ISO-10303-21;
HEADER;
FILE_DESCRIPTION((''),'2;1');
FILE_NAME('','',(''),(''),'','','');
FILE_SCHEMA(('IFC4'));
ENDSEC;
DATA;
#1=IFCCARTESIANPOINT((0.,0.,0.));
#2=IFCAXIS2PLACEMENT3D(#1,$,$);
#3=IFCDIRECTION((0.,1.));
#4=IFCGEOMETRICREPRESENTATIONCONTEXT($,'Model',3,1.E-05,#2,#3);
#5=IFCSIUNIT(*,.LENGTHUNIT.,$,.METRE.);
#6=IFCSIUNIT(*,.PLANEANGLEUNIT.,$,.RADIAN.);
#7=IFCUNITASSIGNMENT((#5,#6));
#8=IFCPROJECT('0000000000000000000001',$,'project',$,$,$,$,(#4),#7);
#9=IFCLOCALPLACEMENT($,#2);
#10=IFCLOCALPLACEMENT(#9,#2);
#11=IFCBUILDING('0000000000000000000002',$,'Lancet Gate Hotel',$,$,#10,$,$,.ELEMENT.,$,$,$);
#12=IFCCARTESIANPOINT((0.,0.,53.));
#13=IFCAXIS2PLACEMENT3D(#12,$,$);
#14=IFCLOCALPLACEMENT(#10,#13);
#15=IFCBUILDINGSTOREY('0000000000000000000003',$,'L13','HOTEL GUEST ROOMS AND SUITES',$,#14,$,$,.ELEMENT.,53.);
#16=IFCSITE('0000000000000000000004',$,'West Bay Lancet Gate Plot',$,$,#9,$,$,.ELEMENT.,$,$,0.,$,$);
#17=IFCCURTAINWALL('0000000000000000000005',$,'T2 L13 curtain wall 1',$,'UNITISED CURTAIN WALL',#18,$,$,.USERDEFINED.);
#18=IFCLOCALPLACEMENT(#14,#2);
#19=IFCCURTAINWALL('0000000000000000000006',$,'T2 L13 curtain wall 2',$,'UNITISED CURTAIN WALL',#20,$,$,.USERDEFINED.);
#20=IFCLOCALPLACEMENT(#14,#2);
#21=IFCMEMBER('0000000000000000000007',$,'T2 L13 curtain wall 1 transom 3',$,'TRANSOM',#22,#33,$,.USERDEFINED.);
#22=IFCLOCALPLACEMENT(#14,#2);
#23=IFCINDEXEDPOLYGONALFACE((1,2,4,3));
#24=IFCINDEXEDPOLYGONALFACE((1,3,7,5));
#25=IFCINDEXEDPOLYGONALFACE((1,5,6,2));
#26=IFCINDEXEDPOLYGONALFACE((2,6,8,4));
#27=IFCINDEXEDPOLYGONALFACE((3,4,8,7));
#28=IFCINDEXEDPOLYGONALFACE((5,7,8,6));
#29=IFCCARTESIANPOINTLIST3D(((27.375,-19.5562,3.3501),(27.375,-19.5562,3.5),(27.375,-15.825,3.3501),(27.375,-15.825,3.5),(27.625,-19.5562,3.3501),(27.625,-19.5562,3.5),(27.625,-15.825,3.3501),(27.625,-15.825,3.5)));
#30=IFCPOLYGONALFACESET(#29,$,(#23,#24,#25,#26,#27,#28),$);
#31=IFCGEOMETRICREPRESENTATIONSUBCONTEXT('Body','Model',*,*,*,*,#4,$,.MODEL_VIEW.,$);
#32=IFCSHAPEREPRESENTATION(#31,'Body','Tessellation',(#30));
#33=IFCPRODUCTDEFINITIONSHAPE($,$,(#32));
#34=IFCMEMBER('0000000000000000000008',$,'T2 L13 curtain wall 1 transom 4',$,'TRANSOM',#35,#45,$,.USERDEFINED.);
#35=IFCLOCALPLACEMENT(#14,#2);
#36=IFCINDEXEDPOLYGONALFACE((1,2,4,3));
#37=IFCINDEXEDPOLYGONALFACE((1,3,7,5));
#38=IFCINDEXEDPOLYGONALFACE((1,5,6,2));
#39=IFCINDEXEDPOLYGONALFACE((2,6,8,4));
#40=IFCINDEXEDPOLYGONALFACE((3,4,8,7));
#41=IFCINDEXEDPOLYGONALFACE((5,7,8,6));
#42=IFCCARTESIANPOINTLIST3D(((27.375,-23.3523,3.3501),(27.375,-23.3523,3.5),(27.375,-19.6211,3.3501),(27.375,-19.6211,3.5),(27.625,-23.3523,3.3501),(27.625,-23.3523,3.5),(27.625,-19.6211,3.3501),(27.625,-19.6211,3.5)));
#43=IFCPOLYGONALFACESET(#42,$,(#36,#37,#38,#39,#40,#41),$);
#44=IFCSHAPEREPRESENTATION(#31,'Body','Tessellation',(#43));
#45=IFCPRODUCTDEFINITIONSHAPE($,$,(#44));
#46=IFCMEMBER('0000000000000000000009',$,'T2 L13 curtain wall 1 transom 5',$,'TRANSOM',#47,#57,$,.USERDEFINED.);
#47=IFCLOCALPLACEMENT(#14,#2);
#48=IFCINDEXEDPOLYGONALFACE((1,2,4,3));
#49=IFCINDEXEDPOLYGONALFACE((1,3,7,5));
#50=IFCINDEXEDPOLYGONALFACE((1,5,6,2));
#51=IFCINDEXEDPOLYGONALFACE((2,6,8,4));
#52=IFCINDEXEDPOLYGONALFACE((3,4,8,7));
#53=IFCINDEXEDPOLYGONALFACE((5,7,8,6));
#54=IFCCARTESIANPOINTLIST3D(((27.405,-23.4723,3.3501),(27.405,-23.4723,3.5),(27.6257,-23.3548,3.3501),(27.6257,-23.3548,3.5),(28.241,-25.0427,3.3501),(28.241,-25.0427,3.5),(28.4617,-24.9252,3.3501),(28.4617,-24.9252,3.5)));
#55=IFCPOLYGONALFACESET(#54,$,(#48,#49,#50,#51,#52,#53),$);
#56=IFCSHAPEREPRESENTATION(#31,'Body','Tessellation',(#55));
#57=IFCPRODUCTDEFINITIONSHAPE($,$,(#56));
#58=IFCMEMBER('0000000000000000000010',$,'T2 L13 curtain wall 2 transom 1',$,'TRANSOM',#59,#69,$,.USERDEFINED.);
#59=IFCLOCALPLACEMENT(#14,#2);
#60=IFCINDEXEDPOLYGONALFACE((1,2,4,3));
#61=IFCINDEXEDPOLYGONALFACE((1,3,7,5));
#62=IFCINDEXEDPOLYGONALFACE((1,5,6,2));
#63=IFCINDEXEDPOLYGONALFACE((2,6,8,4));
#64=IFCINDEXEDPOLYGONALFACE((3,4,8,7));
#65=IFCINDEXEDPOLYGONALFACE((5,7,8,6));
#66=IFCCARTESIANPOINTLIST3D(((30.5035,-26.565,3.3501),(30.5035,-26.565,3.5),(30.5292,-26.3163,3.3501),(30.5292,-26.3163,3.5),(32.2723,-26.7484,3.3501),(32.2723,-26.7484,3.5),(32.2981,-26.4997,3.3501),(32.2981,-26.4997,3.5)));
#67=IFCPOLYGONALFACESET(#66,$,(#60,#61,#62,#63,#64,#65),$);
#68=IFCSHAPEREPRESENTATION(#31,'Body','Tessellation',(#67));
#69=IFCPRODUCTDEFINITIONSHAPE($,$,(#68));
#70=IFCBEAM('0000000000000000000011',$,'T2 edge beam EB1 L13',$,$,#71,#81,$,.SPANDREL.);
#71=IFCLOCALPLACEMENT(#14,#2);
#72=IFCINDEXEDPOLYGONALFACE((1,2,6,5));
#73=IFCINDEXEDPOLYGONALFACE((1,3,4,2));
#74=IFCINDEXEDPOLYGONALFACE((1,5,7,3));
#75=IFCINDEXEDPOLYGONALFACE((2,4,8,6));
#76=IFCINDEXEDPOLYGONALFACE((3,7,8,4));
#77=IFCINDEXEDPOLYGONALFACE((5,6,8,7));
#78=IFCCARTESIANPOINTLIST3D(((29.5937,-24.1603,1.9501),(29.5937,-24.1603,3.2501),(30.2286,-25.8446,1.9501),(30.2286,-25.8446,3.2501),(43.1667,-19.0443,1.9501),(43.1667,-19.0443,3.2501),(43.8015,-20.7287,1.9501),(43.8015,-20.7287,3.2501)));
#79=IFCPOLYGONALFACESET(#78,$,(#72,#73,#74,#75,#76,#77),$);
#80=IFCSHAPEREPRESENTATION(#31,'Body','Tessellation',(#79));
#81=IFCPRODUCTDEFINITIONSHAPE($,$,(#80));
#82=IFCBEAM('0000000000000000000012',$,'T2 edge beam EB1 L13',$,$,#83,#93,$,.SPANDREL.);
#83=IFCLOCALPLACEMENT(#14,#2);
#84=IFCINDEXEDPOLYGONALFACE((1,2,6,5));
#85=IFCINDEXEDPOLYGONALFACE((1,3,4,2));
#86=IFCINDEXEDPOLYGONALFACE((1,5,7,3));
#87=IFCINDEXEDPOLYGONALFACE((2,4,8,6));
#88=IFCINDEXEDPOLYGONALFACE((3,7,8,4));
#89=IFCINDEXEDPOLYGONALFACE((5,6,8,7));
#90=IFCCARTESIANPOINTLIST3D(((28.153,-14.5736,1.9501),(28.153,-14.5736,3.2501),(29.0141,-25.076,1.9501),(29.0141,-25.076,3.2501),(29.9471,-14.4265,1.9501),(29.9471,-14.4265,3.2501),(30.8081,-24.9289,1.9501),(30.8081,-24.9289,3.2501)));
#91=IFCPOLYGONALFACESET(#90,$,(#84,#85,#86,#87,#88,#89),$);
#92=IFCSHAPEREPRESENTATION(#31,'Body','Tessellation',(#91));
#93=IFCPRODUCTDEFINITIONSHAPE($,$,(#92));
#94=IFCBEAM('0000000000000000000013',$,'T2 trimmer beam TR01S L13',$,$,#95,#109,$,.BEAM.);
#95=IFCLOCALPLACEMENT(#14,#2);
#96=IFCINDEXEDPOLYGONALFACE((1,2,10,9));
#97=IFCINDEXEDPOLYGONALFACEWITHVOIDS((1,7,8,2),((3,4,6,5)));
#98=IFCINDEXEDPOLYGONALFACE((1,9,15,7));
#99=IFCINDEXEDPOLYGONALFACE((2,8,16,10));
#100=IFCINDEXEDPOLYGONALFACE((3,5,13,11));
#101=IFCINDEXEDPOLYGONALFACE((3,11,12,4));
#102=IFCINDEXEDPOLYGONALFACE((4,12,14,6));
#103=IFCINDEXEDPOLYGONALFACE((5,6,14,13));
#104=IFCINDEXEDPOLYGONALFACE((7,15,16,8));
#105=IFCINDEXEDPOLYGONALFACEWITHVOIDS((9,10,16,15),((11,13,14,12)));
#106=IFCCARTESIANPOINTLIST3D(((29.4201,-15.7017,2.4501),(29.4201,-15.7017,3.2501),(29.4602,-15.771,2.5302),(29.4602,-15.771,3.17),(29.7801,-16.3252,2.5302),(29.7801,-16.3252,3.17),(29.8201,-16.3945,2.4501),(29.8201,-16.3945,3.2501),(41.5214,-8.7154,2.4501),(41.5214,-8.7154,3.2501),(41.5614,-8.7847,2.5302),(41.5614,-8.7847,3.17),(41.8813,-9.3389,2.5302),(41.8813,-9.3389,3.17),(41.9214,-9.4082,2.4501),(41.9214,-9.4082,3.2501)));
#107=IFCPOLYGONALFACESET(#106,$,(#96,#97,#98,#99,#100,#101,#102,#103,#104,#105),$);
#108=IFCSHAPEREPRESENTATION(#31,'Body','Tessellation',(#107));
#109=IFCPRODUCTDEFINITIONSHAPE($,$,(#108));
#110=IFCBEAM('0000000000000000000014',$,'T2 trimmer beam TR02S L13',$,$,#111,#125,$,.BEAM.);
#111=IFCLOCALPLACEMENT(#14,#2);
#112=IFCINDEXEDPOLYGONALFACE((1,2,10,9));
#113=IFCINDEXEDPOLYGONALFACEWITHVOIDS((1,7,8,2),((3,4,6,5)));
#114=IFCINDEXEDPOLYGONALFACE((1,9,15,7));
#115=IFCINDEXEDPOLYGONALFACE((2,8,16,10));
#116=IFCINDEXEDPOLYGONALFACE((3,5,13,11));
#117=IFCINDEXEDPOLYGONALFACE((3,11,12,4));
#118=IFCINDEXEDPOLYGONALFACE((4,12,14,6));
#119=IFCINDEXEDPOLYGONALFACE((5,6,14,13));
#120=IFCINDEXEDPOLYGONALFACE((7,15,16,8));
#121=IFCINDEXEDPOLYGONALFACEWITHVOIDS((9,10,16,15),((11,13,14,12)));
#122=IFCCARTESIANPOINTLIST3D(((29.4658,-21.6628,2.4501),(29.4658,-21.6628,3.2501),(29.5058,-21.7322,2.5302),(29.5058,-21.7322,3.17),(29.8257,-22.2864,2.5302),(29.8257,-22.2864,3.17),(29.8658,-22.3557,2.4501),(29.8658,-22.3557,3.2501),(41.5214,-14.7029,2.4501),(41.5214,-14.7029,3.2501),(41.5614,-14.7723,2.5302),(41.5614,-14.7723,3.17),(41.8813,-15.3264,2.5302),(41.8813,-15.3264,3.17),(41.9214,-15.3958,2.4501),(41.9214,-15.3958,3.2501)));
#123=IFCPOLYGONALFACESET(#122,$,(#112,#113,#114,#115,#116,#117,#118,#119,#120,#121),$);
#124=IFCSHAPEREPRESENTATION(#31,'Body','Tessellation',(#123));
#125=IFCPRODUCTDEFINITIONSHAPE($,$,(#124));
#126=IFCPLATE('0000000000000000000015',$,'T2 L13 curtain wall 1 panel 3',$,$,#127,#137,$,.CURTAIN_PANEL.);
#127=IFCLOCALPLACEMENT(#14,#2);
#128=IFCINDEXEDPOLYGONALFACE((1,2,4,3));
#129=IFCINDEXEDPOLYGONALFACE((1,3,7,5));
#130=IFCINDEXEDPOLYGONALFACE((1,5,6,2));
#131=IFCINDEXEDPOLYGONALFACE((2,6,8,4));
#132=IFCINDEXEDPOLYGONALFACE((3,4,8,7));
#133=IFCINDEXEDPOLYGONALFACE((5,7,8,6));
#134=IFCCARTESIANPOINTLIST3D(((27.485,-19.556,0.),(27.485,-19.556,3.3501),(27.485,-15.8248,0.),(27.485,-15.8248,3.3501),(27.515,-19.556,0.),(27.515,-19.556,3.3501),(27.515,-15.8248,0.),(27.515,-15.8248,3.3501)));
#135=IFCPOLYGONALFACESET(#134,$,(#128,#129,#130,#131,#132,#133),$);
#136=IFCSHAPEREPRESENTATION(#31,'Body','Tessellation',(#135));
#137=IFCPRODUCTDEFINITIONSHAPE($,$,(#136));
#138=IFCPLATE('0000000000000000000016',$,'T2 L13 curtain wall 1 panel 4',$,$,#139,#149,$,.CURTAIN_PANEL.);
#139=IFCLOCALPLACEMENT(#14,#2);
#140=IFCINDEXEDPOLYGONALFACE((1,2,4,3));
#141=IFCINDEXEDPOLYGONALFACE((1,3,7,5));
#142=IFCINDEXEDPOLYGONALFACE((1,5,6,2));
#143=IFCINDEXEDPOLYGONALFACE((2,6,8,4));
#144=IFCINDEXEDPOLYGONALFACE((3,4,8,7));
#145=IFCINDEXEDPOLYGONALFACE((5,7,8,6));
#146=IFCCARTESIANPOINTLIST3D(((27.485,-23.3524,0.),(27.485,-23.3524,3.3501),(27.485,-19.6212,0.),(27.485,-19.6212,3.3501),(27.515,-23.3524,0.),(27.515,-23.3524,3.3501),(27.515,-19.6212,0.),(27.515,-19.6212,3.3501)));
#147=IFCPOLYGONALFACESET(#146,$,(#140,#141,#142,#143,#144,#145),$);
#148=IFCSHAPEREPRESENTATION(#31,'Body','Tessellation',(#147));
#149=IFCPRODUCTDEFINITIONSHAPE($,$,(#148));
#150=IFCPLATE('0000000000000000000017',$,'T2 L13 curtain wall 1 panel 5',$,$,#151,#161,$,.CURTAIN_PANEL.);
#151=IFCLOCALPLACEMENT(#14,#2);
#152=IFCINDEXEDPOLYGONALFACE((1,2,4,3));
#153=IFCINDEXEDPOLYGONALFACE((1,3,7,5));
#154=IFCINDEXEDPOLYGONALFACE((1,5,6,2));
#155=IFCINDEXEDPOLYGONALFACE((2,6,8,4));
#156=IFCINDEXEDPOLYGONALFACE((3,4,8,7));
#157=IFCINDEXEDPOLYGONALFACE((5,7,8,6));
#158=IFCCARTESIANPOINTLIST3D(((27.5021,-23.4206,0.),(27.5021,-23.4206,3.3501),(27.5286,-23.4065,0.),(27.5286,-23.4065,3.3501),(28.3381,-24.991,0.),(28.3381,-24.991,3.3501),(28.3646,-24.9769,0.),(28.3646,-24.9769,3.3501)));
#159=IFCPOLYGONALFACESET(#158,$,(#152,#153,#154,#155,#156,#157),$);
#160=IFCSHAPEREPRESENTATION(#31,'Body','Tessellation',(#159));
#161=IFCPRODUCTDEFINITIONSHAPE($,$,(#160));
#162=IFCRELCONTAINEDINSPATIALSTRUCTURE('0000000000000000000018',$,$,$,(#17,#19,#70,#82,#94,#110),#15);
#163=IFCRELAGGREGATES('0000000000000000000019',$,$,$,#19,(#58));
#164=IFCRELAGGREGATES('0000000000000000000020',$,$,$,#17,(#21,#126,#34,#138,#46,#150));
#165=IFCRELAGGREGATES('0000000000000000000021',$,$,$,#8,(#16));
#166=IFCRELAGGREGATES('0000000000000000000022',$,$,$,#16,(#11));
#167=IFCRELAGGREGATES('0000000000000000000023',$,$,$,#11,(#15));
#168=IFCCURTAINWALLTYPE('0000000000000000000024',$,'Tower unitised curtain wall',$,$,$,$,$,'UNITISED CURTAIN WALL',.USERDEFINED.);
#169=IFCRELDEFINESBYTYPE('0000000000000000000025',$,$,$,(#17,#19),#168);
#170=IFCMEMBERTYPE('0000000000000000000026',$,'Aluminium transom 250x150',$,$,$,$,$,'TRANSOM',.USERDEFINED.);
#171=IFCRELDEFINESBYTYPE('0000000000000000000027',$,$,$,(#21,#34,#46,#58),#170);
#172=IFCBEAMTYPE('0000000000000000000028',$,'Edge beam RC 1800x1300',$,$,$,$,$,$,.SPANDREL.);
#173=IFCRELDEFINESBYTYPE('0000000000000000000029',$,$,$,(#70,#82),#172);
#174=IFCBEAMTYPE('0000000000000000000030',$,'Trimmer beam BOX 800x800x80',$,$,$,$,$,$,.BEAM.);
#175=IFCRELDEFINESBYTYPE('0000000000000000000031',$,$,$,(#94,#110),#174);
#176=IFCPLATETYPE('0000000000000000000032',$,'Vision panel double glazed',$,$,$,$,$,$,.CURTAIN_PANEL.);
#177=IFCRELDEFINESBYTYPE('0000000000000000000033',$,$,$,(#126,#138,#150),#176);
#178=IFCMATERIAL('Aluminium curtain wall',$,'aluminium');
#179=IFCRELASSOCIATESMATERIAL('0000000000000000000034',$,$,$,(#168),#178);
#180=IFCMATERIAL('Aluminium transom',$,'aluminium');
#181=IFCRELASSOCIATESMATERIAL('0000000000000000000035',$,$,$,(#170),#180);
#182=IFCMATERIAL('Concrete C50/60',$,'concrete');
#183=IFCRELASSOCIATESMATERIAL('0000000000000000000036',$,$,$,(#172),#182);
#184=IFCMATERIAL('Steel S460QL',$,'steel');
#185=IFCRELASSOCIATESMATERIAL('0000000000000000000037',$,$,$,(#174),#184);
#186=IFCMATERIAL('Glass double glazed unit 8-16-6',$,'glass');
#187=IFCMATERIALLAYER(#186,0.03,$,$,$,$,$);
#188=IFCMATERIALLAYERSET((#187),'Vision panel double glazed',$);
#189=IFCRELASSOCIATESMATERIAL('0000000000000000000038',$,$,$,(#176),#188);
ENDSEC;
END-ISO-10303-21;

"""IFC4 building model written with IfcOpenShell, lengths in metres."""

from ifc_helpers import new_model, si_unit, direction, frame, origin, origin_2d, place, context, subcontext, project, spatial, rectangle, hollow_rectangle, extrude, material, layer, layer_set, material_profile, profile_set, type_object, element, aggregate, save


model = new_model("IFC4")

# Units and contexts
model_context = context("Model", 3, precision=1e-05, world=origin(), true_north=direction((0.0, 1.0)))
body_context = subcontext(model_context, "Body", "Model", "MODEL_VIEW")
ifc_project = project(units=[si_unit("LENGTHUNIT", "METRE"), si_unit("PLANEANGLEUNIT", "RADIAN")], contexts=[model_context])

# Site, building, storey
site_placement = place(None, origin())
site = spatial("IfcSite", under=ifc_project, at=site_placement, Name="West Bay Lancet Gate Plot", CompositionType="ELEMENT", RefElevation=0.0)
building_placement = place(site_placement, origin())
building = spatial("IfcBuilding", under=site, at=building_placement, Name="Lancet Gate Hotel", CompositionType="ELEMENT")
storey_placement = place(building_placement, frame((0.0, 0.0, 53.0)))
storey = spatial("IfcBuildingStorey", under=building, at=storey_placement, Name="L13", Description="HOTEL GUEST ROOMS AND SUITES", CompositionType="ELEMENT", Elevation=53.0)

# Curtain wall
ifc_material_1 = material(Name="Aluminium curtain wall", Category="aluminium")
curtain_wall_type = type_object("IfcCurtainWallType", Name="Tower unitised curtain wall", ElementType="UNITISED CURTAIN WALL", PredefinedType="USERDEFINED", material=ifc_material_1)
curtain_wall_1_placement = place(storey_placement, origin())
curtain_wall_1 = element("IfcCurtainWall", 1, at=curtain_wall_1_placement, inside=storey, type_object=curtain_wall_type, Name="T2 L13 curtain wall 1", ObjectType="UNITISED CURTAIN WALL", PredefinedType="USERDEFINED")

# Curtain wall
curtain_wall_2_placement = place(storey_placement, origin())
curtain_wall_2 = element("IfcCurtainWall", 2, at=curtain_wall_2_placement, inside=storey, type_object=curtain_wall_type, Name="T2 L13 curtain wall 2", ObjectType="UNITISED CURTAIN WALL", PredefinedType="USERDEFINED")

# Members
ifc_material_2 = material(Name="Aluminium transom", Category="aluminium")
ifc_material_profile_1 = material_profile(ifc_material_2, rectangle(XDim=0.25, YDim=0.1499, at=origin_2d()), Name="TRANSOM 250x150")
ifc_profile_set_1 = profile_set([ifc_material_profile_1], Name="Aluminium transom")
member_type_1 = type_object("IfcMemberType", Name="Aluminium transom 250x150", ElementType="TRANSOM", PredefinedType="USERDEFINED", material=ifc_profile_set_1)
member_1_placement = place(storey_placement, frame((27.5, -15.825, 3.425), z_axis=(0.0, -1.0, 0.0), x_axis=(1.0, 0.0, 0.0)))
member_1 = element("IfcMember", 3, at=member_1_placement, type_object=member_type_1, Name="T2 L13 curtain wall 1 transom 3", ObjectType="TRANSOM", PredefinedType="USERDEFINED", context=body_context, shape_type="SweptSolid", body=[
    extrude(rectangle(XDim=0.25, YDim=0.1499, at=origin_2d()), origin(), (0.0, 0.0, 1.0), 3.7312),
])
member_2_placement = place(storey_placement, frame((27.5, -19.6211, 3.425), z_axis=(0.0, -1.0, 0.0), x_axis=(1.0, 0.0, 0.0)))
member_2 = element("IfcMember", 4, at=member_2_placement, type_object=member_type_1, Name="T2 L13 curtain wall 1 transom 4", ObjectType="TRANSOM", PredefinedType="USERDEFINED", context=body_context, shape_type="SweptSolid", body=[
    extrude(rectangle(XDim=0.25, YDim=0.1499, at=origin_2d()), origin(), (0.0, 0.0, 1.0), 3.7312),
])
member_3_placement = place(storey_placement, frame((27.5154, -23.4136, 3.425), z_axis=(0.469904, -0.882717, 0.0), x_axis=(0.882717, 0.469904, 0.0)))
member_3 = element("IfcMember", 5, at=member_3_placement, type_object=member_type_1, Name="T2 L13 curtain wall 1 transom 5", ObjectType="TRANSOM", PredefinedType="USERDEFINED", context=body_context, shape_type="SweptSolid", body=[
    extrude(rectangle(XDim=0.25, YDim=0.1499, at=origin_2d()), origin(), (0.0, 0.0, 1.0), 1.7791),
])
member_4_placement = place(storey_placement, frame((30.5164, -26.4407, 3.425), z_axis=(0.99467, -0.103105, 0.0), x_axis=(0.103105, 0.99467, 0.0)))
member_4 = element("IfcMember", 6, at=member_4_placement, type_object=member_type_1, Name="T2 L13 curtain wall 2 transom 1", ObjectType="TRANSOM", PredefinedType="USERDEFINED", context=body_context, shape_type="SweptSolid", body=[
    extrude(rectangle(XDim=0.25, YDim=0.1499, at=origin_2d()), origin(), (0.0, 0.0, 1.0), 1.7783),
])
aggregate(curtain_wall_2, [member_4])

# Beams
ifc_material_3 = material(Name="Concrete C50/60", Category="concrete")
ifc_material_profile_2 = material_profile(ifc_material_3, rectangle(XDim=1.8, YDim=1.3, at=origin_2d()), Name="RC 1800x1300")
ifc_profile_set_2 = profile_set([ifc_material_profile_2], Name="Concrete C50/60")
beam_type_1 = type_object("IfcBeamType", Name="Edge beam RC 1800x1300", PredefinedType="SPANDREL", material=ifc_profile_set_2)
beam_1_placement = place(storey_placement, frame((29.9111, -25.0024, 2.6001), z_axis=(0.935736, 0.3527, 0.0), x_axis=(-0.3527, 0.935736, 0.0)))
element("IfcBeam", 7, at=beam_1_placement, inside=storey, type_object=beam_type_1, Name="T2 edge beam EB1 L13", PredefinedType="SPANDREL", context=body_context, shape_type="SweptSolid", body=[
    extrude(rectangle(XDim=1.8, YDim=1.3, at=origin_2d()), origin(), (0.0, 0.0, 1.0), 14.5051),
])
beam_2_placement = place(storey_placement, frame((29.9111, -25.0024, 2.6001), z_axis=(-0.081715, 0.996656, 0.0), x_axis=(-0.996656, -0.081715, 0.0)))
element("IfcBeam", 8, at=beam_2_placement, inside=storey, type_object=beam_type_1, Name="T2 edge beam EB1 L13", PredefinedType="SPANDREL", context=body_context, shape_type="SweptSolid", body=[
    extrude(rectangle(XDim=1.8, YDim=1.3, at=origin_2d()), origin(), (0.0, 0.0, 1.0), 10.5376),
])
ifc_material_4 = material(Name="Steel S460QL", Category="steel")
ifc_material_profile_3 = material_profile(ifc_material_4, hollow_rectangle(XDim=0.8, YDim=0.8, WallThickness=0.0801, at=origin_2d()), Name="BOX 800x800x80")
ifc_profile_set_3 = profile_set([ifc_material_profile_3], Name="Steel S460QL")
beam_type_2 = type_object("IfcBeamType", Name="Trimmer beam BOX 800x800x80", PredefinedType="BEAM", material=ifc_profile_set_3)
beam_3_placement = place(storey_placement, frame((29.6201, -16.0481, 2.8501), z_axis=(0.866037, 0.49998, 0.0), x_axis=(-0.49998, 0.866037, 0.0)))
element("IfcBeam", 9, at=beam_3_placement, inside=storey, type_object=beam_type_2, Name="T2 trimmer beam TR01S L13", PredefinedType="BEAM", context=body_context, shape_type="SweptSolid", body=[
    extrude(hollow_rectangle(XDim=0.8, YDim=0.8, WallThickness=0.0801, at=origin_2d()), origin(), (0.0, 0.0, 1.0), 13.9731),
])
beam_4_placement = place(storey_placement, frame((29.6658, -22.0093, 2.8501), z_axis=(0.866037, 0.49998, 0.0), x_axis=(-0.49998, 0.866037, 0.0)))
element("IfcBeam", 10, at=beam_4_placement, inside=storey, type_object=beam_type_2, Name="T2 trimmer beam TR02S L13", PredefinedType="BEAM", context=body_context, shape_type="SweptSolid", body=[
    extrude(hollow_rectangle(XDim=0.8, YDim=0.8, WallThickness=0.0801, at=origin_2d()), origin(), (0.0, 0.0, 1.0), 13.9204),
])

# Plates
ifc_material_5 = material(Name="Glass double glazed unit 8-16-6", Category="glass")
ifc_layer = layer(ifc_material_5, 0.03)
ifc_layer_set = layer_set([ifc_layer], Name="Vision panel double glazed")
plate_type = type_object("IfcPlateType", Name="Vision panel double glazed", PredefinedType="CURTAIN_PANEL", material=ifc_layer_set)
plate_1_placement = place(storey_placement, frame((27.5, -17.6904, 0.0), z_axis=(0.0, 0.0, 1.0), x_axis=(0.0, -1.0, 0.0)))
plate_1 = element("IfcPlate", 11, at=plate_1_placement, type_object=plate_type, Name="T2 L13 curtain wall 1 panel 3", PredefinedType="CURTAIN_PANEL", context=body_context, shape_type="SweptSolid", body=[
    extrude(rectangle(XDim=3.7312, YDim=0.03, at=origin_2d()), origin(), (0.0, 0.0, 1.0), 3.3501),
])
plate_2_placement = place(storey_placement, frame((27.5, -21.4868, 0.0), z_axis=(0.0, 0.0, 1.0), x_axis=(0.0, -1.0, 0.0)))
plate_2 = element("IfcPlate", 12, at=plate_2_placement, type_object=plate_type, Name="T2 L13 curtain wall 1 panel 4", PredefinedType="CURTAIN_PANEL", context=body_context, shape_type="SweptSolid", body=[
    extrude(rectangle(XDim=3.7312, YDim=0.03, at=origin_2d()), origin(), (0.0, 0.0, 1.0), 3.3501),
])
plate_3_placement = place(storey_placement, frame((27.9333, -24.1987, 0.0), z_axis=(0.0, 0.0, 1.0), x_axis=(0.469898, -0.882721, 0.0)))
plate_3 = element("IfcPlate", 13, at=plate_3_placement, type_object=plate_type, Name="T2 L13 curtain wall 1 panel 5", PredefinedType="CURTAIN_PANEL", context=body_context, shape_type="SweptSolid", body=[
    extrude(rectangle(XDim=1.7791, YDim=0.03, at=origin_2d()), origin(), (0.0, 0.0, 1.0), 3.3501),
])
aggregate(curtain_wall_1, [member_1, plate_1, member_2, plate_2, member_3, plate_3])

save(model, "model.ifc")
